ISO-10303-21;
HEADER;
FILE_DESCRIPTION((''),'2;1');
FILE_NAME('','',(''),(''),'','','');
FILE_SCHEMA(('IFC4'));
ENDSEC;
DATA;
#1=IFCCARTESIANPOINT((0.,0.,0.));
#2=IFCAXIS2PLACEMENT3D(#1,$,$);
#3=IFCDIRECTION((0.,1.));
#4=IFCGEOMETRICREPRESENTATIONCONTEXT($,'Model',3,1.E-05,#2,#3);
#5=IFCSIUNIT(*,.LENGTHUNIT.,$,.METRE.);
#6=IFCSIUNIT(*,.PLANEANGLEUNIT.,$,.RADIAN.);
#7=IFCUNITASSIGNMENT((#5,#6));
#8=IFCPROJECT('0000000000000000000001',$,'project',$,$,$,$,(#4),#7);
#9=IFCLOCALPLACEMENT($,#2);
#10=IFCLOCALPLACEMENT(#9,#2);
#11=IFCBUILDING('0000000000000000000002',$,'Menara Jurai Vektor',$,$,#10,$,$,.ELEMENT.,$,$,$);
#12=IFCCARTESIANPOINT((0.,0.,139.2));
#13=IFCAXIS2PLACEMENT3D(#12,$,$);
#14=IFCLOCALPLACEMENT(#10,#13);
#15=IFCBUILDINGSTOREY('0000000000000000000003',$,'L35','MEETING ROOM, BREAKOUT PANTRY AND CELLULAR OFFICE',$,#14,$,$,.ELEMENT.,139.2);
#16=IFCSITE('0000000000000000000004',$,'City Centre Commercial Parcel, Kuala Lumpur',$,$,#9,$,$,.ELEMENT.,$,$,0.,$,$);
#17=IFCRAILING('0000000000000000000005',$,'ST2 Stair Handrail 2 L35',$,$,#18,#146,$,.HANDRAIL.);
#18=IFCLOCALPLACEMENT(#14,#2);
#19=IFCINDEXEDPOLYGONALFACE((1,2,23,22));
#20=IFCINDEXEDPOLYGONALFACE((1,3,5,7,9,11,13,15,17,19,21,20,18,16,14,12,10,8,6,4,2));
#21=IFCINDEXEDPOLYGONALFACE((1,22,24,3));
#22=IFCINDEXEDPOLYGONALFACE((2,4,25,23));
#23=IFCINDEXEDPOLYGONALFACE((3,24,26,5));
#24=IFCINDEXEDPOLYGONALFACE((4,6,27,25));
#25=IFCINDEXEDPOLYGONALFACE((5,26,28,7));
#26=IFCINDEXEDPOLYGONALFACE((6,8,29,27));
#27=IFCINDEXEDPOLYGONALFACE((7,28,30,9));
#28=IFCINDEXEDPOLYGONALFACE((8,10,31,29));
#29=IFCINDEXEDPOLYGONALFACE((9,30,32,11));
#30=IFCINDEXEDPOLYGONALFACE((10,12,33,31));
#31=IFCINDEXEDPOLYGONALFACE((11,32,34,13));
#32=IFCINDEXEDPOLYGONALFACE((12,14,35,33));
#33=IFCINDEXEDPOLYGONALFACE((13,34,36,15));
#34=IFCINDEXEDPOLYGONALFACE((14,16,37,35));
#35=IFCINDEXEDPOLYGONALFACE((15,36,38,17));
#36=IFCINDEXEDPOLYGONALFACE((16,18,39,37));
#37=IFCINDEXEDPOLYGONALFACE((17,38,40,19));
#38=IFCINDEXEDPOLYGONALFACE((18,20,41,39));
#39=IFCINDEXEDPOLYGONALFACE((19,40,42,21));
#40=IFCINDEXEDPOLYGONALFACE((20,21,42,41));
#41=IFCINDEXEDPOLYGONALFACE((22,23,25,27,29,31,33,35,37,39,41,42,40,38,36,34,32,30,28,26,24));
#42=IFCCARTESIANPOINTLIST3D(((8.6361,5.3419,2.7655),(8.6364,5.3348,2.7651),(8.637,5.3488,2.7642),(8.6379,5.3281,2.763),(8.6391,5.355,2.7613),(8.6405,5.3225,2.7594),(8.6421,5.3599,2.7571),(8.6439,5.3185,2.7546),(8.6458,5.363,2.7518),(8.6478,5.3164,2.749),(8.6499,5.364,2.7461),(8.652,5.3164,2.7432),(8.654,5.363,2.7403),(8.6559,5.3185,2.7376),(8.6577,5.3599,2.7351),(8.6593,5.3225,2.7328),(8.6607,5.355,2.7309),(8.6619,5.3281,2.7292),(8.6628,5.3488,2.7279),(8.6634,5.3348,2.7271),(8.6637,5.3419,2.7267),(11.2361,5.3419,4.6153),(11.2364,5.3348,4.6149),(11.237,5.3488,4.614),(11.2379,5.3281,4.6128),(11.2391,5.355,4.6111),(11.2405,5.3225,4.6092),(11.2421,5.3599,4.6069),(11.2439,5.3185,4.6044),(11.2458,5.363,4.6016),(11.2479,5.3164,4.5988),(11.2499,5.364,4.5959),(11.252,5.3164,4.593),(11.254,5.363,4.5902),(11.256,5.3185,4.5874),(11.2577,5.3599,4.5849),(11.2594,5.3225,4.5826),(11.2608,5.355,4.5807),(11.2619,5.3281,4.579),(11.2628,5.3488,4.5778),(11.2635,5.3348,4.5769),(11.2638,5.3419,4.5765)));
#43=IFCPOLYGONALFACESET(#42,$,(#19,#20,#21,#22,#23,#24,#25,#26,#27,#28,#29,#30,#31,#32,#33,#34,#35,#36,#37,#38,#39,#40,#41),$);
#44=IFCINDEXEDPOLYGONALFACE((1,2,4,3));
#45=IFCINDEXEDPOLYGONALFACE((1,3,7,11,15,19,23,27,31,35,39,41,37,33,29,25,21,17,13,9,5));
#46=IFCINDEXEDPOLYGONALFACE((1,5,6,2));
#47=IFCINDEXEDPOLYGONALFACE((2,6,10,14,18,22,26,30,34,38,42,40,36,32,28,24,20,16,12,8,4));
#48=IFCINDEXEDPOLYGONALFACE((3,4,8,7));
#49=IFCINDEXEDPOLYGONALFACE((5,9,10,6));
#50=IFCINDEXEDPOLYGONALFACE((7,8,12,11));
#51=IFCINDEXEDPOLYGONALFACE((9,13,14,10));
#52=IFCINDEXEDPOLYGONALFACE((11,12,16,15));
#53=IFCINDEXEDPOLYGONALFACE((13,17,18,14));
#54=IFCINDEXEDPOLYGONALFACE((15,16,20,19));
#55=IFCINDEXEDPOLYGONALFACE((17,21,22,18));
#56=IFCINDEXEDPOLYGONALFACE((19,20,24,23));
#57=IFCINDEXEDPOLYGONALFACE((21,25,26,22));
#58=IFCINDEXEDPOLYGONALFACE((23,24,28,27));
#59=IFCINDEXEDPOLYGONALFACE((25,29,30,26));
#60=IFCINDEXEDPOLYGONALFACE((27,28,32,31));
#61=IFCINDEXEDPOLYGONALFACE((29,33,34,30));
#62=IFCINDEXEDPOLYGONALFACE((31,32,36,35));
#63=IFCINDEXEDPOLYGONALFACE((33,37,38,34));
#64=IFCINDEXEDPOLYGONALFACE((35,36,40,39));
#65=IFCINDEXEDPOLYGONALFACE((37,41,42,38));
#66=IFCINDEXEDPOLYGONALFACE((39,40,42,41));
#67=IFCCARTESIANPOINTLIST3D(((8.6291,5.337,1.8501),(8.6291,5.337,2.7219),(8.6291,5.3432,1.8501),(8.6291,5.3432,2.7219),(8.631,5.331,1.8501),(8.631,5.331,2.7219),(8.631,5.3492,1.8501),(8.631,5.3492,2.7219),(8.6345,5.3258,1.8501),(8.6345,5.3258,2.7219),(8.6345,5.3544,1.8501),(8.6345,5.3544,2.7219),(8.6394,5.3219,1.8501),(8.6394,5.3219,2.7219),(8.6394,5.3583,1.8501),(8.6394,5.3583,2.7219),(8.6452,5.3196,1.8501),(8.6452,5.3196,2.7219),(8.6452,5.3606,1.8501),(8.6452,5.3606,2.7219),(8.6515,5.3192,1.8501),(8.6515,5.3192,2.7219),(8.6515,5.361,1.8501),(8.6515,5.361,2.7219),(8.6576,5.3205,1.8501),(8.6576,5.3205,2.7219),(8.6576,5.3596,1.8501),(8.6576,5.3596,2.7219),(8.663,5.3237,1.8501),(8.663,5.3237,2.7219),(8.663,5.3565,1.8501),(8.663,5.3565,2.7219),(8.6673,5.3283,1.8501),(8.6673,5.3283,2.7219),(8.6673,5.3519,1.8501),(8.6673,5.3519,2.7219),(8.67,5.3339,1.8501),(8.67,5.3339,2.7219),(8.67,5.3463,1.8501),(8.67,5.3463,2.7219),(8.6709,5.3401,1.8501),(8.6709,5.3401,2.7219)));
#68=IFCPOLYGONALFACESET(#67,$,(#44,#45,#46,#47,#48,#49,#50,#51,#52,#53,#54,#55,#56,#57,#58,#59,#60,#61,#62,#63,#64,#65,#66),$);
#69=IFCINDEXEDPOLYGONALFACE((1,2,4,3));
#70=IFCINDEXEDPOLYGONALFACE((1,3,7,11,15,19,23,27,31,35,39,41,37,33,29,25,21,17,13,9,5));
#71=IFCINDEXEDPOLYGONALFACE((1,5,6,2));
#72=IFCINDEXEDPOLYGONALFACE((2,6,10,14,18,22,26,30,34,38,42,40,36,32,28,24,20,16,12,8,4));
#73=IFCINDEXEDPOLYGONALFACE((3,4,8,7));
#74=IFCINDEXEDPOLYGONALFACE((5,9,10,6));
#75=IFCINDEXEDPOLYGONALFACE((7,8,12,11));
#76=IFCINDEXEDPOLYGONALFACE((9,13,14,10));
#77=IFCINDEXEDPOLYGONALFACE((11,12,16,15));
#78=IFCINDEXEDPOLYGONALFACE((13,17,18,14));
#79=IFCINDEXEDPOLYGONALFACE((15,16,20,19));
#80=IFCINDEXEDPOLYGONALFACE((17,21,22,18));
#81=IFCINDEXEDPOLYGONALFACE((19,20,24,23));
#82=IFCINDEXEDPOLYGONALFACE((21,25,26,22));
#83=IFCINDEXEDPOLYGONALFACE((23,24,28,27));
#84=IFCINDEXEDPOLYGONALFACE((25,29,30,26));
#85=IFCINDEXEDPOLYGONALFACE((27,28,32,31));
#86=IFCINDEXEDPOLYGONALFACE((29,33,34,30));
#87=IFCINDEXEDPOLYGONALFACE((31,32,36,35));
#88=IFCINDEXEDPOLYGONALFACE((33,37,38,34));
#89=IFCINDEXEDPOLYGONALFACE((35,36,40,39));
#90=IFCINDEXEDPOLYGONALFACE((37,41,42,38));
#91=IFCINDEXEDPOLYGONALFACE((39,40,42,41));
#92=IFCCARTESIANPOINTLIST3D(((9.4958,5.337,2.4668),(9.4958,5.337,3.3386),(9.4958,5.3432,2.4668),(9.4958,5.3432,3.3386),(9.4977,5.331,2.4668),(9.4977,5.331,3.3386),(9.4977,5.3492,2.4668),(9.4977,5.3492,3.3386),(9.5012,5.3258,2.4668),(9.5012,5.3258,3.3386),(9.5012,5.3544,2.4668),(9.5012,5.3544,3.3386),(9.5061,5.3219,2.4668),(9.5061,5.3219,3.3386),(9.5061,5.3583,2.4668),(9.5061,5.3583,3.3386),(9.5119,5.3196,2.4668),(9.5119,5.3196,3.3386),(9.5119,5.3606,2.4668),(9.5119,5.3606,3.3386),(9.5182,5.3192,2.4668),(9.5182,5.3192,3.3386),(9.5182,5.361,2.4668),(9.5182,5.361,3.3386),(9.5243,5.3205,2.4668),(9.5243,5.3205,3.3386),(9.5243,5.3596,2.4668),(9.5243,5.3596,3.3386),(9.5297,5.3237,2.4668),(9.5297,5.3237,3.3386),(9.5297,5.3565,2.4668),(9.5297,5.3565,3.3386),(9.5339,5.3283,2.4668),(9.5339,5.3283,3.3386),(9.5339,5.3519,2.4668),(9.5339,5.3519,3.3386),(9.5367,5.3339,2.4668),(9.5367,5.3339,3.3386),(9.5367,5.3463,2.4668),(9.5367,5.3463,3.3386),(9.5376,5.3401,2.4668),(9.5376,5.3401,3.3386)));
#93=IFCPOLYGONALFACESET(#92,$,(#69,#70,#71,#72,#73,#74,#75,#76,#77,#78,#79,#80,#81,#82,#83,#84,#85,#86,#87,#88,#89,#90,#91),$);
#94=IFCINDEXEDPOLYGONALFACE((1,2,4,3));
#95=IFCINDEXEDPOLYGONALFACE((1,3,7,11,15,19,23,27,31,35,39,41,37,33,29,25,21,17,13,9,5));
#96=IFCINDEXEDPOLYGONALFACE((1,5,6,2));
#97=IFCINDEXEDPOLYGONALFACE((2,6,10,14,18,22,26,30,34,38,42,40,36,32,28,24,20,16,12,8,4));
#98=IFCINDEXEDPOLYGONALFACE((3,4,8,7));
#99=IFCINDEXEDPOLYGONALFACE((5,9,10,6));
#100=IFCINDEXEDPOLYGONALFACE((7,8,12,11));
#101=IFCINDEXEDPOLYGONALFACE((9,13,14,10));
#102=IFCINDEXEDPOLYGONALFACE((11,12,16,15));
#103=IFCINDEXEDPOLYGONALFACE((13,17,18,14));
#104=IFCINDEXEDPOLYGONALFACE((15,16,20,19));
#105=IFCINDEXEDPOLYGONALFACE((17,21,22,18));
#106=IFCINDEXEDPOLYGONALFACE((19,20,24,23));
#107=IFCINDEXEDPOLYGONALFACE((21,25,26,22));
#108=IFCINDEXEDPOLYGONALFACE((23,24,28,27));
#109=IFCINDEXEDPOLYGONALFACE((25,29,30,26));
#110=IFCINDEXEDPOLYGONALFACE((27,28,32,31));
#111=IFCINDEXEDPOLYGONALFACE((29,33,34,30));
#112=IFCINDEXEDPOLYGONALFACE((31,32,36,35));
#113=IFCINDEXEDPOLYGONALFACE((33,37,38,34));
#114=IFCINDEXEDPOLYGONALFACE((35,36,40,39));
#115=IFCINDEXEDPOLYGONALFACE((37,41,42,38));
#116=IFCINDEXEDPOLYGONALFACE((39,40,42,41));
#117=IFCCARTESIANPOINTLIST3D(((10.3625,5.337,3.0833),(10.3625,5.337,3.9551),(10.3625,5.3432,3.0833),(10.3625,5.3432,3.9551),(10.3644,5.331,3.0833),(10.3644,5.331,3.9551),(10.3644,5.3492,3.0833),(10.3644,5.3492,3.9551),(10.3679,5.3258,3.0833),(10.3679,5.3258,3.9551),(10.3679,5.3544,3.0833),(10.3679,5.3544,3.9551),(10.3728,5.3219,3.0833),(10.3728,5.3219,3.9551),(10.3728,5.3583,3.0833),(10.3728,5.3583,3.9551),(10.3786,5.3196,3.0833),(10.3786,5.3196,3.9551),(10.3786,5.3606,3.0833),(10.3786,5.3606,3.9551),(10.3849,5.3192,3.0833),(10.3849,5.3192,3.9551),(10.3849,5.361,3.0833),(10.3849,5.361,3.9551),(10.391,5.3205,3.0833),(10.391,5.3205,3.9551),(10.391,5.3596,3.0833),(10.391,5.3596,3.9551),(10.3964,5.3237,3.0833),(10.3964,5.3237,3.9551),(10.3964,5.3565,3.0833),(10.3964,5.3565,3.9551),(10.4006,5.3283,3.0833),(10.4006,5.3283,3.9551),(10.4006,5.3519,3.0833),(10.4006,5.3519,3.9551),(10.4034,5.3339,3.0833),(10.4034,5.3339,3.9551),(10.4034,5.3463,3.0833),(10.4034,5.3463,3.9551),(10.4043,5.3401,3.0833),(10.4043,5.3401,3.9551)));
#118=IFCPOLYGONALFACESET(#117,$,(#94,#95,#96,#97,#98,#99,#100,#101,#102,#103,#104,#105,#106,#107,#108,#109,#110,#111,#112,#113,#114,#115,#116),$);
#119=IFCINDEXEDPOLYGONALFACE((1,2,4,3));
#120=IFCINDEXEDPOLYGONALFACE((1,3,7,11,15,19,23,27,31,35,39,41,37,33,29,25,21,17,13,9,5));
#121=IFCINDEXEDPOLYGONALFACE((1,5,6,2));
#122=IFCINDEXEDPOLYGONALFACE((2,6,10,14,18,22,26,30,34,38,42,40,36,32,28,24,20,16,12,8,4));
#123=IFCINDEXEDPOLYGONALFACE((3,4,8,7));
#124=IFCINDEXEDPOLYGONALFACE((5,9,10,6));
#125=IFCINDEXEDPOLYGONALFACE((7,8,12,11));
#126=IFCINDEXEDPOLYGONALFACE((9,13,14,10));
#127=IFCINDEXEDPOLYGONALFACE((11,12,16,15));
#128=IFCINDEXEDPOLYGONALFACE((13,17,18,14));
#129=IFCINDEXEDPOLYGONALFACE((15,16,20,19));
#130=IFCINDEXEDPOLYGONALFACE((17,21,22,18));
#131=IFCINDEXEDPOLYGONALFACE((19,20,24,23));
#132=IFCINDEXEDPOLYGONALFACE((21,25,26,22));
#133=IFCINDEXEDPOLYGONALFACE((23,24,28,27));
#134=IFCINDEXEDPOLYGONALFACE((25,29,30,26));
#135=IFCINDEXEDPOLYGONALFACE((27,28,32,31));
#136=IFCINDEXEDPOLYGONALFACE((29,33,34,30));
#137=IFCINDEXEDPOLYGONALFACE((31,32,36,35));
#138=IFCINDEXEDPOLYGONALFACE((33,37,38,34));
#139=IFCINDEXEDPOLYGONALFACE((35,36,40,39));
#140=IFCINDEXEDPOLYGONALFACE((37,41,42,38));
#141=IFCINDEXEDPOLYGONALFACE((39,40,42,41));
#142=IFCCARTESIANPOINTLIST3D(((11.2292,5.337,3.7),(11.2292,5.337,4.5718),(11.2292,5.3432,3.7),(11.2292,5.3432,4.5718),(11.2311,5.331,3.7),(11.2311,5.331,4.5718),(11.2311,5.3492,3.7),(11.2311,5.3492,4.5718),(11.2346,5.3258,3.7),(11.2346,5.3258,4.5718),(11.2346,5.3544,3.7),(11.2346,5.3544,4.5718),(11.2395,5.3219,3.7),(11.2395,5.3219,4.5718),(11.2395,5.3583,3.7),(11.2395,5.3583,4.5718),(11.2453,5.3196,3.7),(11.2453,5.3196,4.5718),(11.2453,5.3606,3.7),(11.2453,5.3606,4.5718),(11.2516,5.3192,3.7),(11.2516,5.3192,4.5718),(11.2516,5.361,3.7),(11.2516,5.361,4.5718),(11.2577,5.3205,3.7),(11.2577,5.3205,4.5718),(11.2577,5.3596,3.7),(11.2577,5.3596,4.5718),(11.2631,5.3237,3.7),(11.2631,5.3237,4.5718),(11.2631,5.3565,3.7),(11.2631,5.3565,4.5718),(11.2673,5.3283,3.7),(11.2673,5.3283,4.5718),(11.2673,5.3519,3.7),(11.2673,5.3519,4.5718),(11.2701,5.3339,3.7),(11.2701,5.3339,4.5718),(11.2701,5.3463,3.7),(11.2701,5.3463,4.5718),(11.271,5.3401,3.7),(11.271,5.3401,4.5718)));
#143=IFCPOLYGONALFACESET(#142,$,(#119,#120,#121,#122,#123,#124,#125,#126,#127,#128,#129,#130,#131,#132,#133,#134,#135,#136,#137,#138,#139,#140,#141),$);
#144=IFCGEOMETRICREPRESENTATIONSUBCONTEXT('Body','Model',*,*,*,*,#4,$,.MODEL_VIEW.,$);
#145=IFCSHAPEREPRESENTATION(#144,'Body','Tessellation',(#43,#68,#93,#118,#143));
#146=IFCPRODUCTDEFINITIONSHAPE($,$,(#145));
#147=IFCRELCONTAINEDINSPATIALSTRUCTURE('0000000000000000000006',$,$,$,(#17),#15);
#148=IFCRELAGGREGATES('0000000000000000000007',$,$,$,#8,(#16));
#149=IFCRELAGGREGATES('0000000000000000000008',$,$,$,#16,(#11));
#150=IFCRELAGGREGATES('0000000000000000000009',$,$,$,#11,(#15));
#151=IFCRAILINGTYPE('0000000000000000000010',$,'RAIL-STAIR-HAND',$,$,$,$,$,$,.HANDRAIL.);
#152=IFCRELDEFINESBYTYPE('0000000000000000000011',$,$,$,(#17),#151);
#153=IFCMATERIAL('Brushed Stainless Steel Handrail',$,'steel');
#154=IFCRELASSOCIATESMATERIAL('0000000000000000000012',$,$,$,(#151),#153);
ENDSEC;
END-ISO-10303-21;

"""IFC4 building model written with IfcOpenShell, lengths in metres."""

from ifc_helpers import new_model, si_unit, direction, frame, origin, origin_2d, place, context, subcontext, project, spatial, circle, extrude, material, type_object, element, save


model = new_model("IFC4")

# Units and contexts
model_context = context("Model", 3, precision=1e-05, world=origin(), true_north=direction((0.0, 1.0)))
body_context = subcontext(model_context, "Body", "Model", "MODEL_VIEW")
ifc_project = project(units=[si_unit("LENGTHUNIT", "METRE"), si_unit("PLANEANGLEUNIT", "RADIAN")], contexts=[model_context])

# Site, building, storey
site_placement = place(None, origin())
site = spatial("IfcSite", under=ifc_project, at=site_placement, Name="City Centre Commercial Parcel, Kuala Lumpur", CompositionType="ELEMENT", RefElevation=0.0)
building_placement = place(site_placement, origin())
building = spatial("IfcBuilding", under=site, at=building_placement, Name="Menara Jurai Vektor", CompositionType="ELEMENT")
storey_placement = place(building_placement, frame((0.0, 0.0, 139.2)))
storey = spatial("IfcBuildingStorey", under=building, at=storey_placement, Name="L35", Description="MEETING ROOM, BREAKOUT PANTRY AND CELLULAR OFFICE", CompositionType="ELEMENT", Elevation=139.2)

# Railing
ifc_material_1 = material(Name="Brushed Stainless Steel Handrail", Category="steel")
railing_type_1 = type_object("IfcRailingType", Name="RAIL-STAIR-HAND", PredefinedType="HANDRAIL", material=ifc_material_1)
railing_1_placement = place(storey_placement, frame((8.6499, 5.3401, 1.8501)))
element("IfcRailing", 1, at=railing_1_placement, inside=storey, type_object=railing_type_1, Name="ST2 Stair Handrail 2 L35", PredefinedType="HANDRAIL", context=body_context, shape_type="SweptSolid", body=[
    extrude(circle(Radius=0.0239, at=origin_2d()), frame((0.0, 0.0, 0.896), z_axis=(0.814823, 0.0, 0.57971), x_axis=(0.0, 1.0, 0.0)), (0.0, 0.0, 1.0), 3.1909),
    extrude(circle(Radius=0.021, at=origin_2d()), origin(), (0.0, 0.0, 1.0), 0.8718),
    extrude(circle(Radius=0.021, at=origin_2d()), frame((0.8667, 0.0, 0.6167)), (0.0, 0.0, 1.0), 0.8718),
    extrude(circle(Radius=0.021, at=origin_2d()), frame((1.7334, 0.0, 1.2332)), (0.0, 0.0, 1.0), 0.8718),
    extrude(circle(Radius=0.021, at=origin_2d()), frame((2.6001, 0.0, 1.8499)), (0.0, 0.0, 1.0), 0.8718),
])

save(model, "model.ifc")
